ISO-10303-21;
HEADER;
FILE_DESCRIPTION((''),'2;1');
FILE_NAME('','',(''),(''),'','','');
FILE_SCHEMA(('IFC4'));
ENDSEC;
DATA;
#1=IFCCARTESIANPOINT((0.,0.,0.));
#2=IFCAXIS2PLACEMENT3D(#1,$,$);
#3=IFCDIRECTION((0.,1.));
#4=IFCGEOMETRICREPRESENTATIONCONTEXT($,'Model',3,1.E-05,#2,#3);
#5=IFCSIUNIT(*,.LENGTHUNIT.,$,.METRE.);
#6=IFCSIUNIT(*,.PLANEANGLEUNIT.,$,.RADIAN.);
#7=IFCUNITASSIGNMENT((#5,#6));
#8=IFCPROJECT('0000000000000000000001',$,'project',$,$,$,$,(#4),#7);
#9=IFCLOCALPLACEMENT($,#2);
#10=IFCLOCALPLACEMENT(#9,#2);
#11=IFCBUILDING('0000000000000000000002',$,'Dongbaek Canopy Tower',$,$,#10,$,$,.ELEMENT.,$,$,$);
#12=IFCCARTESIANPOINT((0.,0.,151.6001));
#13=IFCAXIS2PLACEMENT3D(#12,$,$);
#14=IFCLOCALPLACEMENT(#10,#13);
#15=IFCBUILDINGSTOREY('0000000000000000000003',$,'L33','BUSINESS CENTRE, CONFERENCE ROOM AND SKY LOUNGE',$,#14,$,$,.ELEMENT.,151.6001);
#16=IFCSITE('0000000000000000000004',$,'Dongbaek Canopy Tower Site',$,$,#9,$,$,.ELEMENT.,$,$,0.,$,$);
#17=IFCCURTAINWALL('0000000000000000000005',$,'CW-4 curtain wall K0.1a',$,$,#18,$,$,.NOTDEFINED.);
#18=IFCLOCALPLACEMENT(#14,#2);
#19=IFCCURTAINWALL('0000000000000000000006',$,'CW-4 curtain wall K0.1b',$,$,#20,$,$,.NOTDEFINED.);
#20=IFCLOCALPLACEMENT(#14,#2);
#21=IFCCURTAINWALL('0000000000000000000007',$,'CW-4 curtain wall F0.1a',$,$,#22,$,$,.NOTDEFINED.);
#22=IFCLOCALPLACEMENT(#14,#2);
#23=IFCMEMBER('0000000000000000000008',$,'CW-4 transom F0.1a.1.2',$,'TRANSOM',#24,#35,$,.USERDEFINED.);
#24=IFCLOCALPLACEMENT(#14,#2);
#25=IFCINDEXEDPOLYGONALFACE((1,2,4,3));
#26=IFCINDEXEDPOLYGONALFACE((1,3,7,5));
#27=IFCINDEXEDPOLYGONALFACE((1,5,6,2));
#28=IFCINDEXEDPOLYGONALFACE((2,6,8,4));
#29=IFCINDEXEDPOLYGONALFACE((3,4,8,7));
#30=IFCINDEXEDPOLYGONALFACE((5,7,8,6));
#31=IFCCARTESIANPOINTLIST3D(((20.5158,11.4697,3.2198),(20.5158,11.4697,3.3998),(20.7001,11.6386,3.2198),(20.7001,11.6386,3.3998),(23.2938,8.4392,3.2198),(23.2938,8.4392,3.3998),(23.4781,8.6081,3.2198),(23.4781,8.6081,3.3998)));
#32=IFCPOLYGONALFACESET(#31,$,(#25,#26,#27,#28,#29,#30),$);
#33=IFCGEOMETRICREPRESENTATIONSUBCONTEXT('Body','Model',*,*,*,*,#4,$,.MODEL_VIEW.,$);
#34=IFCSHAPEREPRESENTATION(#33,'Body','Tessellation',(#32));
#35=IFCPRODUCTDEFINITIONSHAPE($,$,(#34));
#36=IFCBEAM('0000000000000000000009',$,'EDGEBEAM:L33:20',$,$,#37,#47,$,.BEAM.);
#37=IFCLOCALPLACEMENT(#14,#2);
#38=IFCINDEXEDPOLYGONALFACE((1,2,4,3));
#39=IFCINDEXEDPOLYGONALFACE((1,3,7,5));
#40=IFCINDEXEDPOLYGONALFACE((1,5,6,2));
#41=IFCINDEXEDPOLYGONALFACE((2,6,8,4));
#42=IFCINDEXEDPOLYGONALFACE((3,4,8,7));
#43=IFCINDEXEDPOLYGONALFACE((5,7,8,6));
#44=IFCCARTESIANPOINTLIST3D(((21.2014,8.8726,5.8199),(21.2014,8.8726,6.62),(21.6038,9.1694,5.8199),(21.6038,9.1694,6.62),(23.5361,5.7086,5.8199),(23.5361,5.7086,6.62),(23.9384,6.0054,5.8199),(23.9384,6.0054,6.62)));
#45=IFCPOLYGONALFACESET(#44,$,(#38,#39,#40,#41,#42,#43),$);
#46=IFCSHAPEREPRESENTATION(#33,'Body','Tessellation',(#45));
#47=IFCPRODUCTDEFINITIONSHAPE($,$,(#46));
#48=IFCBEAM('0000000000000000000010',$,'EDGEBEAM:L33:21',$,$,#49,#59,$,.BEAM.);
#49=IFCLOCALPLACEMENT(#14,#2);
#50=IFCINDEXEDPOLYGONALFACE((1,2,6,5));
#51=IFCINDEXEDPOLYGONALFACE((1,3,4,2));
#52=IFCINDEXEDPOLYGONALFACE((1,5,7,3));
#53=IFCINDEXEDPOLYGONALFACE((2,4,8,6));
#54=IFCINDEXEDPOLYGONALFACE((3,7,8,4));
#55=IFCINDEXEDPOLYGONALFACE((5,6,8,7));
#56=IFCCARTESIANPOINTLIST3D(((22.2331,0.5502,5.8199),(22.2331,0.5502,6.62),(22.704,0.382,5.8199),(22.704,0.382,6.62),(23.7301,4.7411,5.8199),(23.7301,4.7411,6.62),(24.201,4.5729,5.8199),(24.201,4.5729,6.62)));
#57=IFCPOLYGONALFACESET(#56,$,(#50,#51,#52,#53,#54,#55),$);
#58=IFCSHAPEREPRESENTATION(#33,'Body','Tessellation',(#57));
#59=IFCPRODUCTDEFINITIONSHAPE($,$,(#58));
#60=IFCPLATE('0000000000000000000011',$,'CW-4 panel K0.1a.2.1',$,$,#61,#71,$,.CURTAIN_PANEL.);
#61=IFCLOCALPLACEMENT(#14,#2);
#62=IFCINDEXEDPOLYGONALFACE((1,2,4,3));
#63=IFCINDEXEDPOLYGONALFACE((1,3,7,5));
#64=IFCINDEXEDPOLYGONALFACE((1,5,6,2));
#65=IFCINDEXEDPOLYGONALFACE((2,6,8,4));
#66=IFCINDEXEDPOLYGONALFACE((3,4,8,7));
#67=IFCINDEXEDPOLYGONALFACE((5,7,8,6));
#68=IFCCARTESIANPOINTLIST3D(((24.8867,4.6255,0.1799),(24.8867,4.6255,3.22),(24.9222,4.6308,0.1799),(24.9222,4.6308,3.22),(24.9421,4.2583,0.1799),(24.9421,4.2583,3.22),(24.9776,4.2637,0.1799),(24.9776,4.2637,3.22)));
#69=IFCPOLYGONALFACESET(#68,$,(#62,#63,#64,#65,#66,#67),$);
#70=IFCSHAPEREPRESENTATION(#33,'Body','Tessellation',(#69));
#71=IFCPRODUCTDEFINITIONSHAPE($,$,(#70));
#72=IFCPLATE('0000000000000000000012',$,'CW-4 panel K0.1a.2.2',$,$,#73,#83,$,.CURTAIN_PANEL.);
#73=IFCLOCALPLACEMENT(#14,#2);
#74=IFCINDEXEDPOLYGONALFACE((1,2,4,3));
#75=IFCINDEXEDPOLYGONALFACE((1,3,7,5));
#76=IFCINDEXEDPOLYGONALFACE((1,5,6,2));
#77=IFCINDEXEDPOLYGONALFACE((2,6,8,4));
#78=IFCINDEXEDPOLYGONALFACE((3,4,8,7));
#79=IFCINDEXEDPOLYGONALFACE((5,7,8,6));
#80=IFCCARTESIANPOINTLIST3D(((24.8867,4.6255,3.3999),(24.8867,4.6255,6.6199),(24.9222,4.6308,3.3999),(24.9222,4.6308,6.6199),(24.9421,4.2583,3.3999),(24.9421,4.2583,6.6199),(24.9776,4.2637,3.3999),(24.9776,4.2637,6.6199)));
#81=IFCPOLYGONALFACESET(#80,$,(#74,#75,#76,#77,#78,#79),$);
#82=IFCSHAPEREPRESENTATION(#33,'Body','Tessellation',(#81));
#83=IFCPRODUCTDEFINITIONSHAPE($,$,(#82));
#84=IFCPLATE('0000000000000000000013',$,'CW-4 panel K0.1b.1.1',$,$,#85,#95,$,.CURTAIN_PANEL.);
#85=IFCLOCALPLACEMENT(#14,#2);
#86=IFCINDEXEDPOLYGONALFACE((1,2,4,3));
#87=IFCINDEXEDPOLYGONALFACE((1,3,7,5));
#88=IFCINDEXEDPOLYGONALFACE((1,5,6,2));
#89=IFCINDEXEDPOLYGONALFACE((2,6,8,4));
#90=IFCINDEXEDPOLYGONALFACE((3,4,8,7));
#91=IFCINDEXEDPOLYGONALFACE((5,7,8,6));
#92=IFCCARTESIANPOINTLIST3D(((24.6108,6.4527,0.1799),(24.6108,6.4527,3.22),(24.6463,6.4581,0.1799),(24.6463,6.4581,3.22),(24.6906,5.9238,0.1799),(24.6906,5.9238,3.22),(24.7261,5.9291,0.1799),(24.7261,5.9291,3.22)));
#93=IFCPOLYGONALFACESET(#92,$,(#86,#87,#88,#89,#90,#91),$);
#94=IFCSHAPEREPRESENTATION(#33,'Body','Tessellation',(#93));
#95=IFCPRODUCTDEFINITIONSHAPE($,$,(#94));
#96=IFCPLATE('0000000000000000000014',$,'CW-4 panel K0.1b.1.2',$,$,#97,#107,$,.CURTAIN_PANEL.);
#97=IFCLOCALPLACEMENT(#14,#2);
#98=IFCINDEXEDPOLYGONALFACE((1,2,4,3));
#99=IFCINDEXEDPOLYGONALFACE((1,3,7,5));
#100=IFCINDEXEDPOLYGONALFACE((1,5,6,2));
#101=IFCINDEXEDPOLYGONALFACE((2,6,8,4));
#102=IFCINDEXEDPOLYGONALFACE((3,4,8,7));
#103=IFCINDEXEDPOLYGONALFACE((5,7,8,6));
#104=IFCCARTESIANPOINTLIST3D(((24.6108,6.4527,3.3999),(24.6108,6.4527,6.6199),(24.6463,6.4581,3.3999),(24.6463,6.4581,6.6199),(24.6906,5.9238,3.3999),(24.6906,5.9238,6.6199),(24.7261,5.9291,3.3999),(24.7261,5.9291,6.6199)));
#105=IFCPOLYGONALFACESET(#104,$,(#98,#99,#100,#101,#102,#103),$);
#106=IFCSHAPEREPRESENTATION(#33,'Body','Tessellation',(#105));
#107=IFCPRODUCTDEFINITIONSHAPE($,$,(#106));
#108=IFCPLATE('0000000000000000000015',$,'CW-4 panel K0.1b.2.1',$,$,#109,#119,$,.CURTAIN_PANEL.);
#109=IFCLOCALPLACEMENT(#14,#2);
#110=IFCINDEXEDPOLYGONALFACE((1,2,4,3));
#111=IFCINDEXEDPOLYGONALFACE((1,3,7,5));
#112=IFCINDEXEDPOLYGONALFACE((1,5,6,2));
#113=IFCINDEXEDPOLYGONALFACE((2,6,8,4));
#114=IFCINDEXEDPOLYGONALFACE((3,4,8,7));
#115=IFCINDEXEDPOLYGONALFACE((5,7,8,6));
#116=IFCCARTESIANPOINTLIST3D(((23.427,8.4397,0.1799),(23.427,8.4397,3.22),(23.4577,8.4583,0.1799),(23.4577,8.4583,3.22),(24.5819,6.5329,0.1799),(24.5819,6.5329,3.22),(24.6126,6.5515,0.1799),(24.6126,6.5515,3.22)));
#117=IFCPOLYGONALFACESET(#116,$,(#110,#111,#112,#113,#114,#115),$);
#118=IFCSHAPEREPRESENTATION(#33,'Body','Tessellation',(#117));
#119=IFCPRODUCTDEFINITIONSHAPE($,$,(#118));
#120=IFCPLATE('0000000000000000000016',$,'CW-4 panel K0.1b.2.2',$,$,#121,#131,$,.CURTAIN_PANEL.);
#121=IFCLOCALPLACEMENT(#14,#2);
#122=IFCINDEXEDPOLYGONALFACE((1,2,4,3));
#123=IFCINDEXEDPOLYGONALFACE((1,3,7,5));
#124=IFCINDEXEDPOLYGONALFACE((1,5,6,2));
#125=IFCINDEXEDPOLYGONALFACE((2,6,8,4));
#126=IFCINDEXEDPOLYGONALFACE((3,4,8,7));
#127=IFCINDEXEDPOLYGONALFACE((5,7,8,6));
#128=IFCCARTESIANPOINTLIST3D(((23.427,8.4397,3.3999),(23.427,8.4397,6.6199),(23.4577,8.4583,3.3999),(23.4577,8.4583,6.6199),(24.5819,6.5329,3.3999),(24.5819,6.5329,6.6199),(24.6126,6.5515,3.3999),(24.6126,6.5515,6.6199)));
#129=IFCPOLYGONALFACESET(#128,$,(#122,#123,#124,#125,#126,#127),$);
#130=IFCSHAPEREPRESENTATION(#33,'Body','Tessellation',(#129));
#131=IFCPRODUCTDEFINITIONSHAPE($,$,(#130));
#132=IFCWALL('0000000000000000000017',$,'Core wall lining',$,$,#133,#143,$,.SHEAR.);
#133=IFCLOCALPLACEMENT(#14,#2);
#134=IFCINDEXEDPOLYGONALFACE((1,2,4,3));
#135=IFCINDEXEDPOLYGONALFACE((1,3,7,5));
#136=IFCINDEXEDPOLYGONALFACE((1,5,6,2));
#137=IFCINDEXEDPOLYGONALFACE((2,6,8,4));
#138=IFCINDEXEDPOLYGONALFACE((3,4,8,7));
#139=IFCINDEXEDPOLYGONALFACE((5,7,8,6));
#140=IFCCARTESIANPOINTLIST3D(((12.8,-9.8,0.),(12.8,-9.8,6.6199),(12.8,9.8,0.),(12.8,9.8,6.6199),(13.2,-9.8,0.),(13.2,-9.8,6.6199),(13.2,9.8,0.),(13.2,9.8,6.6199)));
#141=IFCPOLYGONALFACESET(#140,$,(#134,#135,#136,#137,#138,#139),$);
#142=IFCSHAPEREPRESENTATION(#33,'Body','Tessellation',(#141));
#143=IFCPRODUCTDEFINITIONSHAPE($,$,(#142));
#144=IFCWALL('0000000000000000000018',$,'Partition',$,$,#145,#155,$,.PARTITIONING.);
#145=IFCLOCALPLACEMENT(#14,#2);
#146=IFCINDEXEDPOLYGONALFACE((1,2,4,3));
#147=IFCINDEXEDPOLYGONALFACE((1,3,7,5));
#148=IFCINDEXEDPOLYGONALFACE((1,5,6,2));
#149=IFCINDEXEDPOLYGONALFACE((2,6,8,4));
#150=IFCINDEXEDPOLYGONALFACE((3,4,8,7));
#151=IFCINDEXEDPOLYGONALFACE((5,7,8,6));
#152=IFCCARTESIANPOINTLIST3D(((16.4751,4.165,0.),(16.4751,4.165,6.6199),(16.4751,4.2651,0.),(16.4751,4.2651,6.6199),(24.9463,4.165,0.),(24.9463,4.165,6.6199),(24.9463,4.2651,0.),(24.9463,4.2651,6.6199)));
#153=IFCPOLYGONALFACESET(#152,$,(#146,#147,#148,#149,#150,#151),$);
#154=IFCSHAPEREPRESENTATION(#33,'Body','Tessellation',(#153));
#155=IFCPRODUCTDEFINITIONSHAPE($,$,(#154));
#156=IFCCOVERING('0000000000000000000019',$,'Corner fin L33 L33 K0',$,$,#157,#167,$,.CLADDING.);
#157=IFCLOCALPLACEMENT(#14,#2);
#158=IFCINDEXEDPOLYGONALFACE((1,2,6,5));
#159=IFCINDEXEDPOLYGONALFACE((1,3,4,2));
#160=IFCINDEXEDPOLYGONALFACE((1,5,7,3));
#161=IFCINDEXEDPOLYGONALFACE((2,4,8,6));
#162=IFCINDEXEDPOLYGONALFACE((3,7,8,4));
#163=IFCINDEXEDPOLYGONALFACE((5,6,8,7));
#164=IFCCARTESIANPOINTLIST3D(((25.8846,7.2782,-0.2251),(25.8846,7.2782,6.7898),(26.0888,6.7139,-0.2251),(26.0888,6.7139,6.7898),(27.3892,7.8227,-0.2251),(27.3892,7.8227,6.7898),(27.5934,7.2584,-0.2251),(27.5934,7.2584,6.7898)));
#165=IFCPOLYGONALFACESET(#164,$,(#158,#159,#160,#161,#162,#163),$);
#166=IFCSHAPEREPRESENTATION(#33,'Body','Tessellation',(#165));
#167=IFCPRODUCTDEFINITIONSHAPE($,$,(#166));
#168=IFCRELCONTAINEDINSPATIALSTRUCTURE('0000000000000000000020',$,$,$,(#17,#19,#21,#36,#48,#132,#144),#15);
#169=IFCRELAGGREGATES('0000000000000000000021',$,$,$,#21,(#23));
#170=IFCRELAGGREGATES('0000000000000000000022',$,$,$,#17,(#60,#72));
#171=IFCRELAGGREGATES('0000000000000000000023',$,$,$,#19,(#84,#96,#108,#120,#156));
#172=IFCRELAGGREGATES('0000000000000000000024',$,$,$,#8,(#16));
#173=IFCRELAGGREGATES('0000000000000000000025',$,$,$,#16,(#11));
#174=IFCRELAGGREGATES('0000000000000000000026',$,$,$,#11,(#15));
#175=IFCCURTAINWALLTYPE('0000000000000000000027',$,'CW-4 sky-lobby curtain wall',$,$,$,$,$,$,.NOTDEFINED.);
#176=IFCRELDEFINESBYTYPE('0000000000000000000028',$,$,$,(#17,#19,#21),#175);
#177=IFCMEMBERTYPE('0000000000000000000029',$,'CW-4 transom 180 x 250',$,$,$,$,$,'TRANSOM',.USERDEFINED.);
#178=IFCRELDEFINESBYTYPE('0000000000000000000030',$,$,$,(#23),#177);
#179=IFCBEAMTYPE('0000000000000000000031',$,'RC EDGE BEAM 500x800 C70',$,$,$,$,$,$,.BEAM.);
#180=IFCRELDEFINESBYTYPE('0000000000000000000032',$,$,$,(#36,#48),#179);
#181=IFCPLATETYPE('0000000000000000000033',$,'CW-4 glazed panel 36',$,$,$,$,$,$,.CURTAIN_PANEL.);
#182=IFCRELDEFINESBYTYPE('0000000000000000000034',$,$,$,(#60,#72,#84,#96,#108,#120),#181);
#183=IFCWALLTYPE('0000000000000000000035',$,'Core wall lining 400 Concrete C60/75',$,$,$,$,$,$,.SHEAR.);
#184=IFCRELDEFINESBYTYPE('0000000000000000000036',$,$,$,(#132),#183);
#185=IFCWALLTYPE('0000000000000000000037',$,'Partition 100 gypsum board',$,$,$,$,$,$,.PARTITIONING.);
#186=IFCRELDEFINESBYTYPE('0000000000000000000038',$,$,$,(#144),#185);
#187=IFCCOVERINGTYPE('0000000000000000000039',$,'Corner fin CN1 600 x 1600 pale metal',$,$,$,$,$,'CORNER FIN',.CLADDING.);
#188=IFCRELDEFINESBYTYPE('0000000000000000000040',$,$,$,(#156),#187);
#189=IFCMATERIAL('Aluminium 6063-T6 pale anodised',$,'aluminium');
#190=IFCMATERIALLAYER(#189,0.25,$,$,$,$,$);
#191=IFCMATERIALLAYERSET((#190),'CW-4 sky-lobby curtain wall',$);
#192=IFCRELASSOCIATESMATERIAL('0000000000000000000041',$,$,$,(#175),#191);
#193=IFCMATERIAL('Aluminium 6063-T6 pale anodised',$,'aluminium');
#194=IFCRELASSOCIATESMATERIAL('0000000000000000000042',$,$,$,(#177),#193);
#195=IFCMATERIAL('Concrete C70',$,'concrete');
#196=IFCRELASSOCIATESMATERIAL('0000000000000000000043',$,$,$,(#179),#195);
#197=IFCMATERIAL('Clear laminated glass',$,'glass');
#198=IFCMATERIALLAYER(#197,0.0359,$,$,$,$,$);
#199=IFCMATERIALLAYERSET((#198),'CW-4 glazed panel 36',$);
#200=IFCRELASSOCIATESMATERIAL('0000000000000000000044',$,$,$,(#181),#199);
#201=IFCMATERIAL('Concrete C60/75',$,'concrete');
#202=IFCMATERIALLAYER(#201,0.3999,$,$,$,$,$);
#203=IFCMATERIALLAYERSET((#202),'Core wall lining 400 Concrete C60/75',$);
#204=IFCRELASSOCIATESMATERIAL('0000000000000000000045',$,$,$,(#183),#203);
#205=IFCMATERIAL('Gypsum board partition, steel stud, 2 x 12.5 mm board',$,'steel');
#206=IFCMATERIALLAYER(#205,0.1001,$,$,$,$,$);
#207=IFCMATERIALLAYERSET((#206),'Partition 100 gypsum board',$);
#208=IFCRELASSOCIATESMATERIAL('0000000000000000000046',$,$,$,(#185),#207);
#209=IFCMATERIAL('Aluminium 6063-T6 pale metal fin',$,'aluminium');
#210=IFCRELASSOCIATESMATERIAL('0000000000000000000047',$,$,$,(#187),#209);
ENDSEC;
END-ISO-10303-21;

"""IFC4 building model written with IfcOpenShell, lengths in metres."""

from ifc_helpers import new_model, si_unit, direction, frame, frame_2d, origin, origin_2d, place, context, subcontext, project, spatial, rectangle, extrude, material, layer, layer_set, material_profile, profile_set, type_object, element, aggregate, save


model = new_model("IFC4")

# Units and contexts
model_context = context("Model", 3, precision=1e-05, world=origin(), true_north=direction((0.0, 1.0)))
body_context = subcontext(model_context, "Body", "Model", "MODEL_VIEW")
ifc_project = project(units=[si_unit("LENGTHUNIT", "METRE"), si_unit("PLANEANGLEUNIT", "RADIAN")], contexts=[model_context])

# Site, building, storey
site_placement = place(None, origin())
site = spatial("IfcSite", under=ifc_project, at=site_placement, Name="Dongbaek Canopy Tower Site", CompositionType="ELEMENT", RefElevation=0.0)
building_placement = place(site_placement, origin())
building = spatial("IfcBuilding", under=site, at=building_placement, Name="Dongbaek Canopy Tower", CompositionType="ELEMENT")
storey_placement = place(building_placement, frame((0.0, 0.0, 151.6001)))
storey = spatial("IfcBuildingStorey", under=building, at=storey_placement, Name="L33", Description="BUSINESS CENTRE, CONFERENCE ROOM AND SKY LOUNGE", CompositionType="ELEMENT", Elevation=151.6001)

# Curtain walls
ifc_material_1 = material(Name="Aluminium 6063-T6 pale anodised", Category="aluminium")
ifc_layer_1 = layer(ifc_material_1, 0.25)
ifc_layer_set_1 = layer_set([ifc_layer_1], Name="CW-4 sky-lobby curtain wall")
curtain_wall_type = type_object("IfcCurtainWallType", Name="CW-4 sky-lobby curtain wall", PredefinedType="NOTDEFINED", material=ifc_layer_set_1)
curtain_wall_1_placement = place(storey_placement, origin())
curtain_wall_1 = element("IfcCurtainWall", 1, at=curtain_wall_1_placement, inside=storey, type_object=curtain_wall_type, Name="CW-4 curtain wall K0.1a", PredefinedType="NOTDEFINED")
curtain_wall_2_placement = place(storey_placement, origin())
curtain_wall_2 = element("IfcCurtainWall", 2, at=curtain_wall_2_placement, inside=storey, type_object=curtain_wall_type, Name="CW-4 curtain wall K0.1b", PredefinedType="NOTDEFINED")

# Shared definitions
ifc_material_2 = material(Name="Aluminium 6063-T6 pale anodised", Category="aluminium")
ifc_material_profile_1 = material_profile(ifc_material_2, rectangle(XDim=0.25, YDim=0.1799, at=origin_2d()), Name="CW-4 transom 180 x 250")
ifc_profile_set_1 = profile_set([ifc_material_profile_1], Name="Aluminium 6063-T6 pale anodised")
member_type_1 = type_object("IfcMemberType", Name="CW-4 transom 180 x 250", ElementType="TRANSOM", PredefinedType="USERDEFINED", material=ifc_profile_set_1)

# Curtain wall, member
curtain_wall_3_placement = place(storey_placement, origin())
curtain_wall_3 = element("IfcCurtainWall", 3, at=curtain_wall_3_placement, inside=storey, type_object=curtain_wall_type, Name="CW-4 curtain wall F0.1a", PredefinedType="NOTDEFINED")
member_1_placement = place(storey_placement, frame((23.386, 8.5237, 3.3098), z_axis=(-0.675738, 0.737142, 0.0), x_axis=(-0.737142, -0.675738, 0.0)))
member_1 = element("IfcMember", 4, at=member_1_placement, type_object=member_type_1, Name="CW-4 transom F0.1a.1.2", ObjectType="TRANSOM", PredefinedType="USERDEFINED", context=body_context, shape_type="SweptSolid", body=[
    extrude(rectangle(XDim=0.25, YDim=0.1799, at=origin_2d()), origin(), (0.0, 0.0, 1.0), 4.1111),
])
aggregate(curtain_wall_3, [member_1])

# Beams
ifc_material_3 = material(Name="Concrete C70", Category="concrete")
ifc_material_profile_2 = material_profile(ifc_material_3, rectangle(XDim=0.5, YDim=0.8, at=origin_2d()), Name="RC EDGE BEAM 500x800 C70")
ifc_profile_set_2 = profile_set([ifc_material_profile_2], Name="Concrete C70")
beam_type = type_object("IfcBeamType", Name="RC EDGE BEAM 500x800 C70", PredefinedType="BEAM", material=ifc_profile_set_2)
beam_1_placement = place(storey_placement, frame((21.4026, 9.021, 6.22), z_axis=(0.593743, -0.804655, 0.0), x_axis=(0.804655, 0.593743, 0.0)))
element("IfcBeam", 5, at=beam_1_placement, inside=storey, type_object=beam_type, Name="EDGEBEAM:L33:20", PredefinedType="BEAM", context=body_context, shape_type="SweptSolid", body=[
    extrude(rectangle(XDim=0.5, YDim=0.8, at=origin_2d()), origin(), (0.0, 0.0, 1.0), 3.9321),
])
beam_2_placement = place(storey_placement, frame((23.9656, 4.657, 6.22), z_axis=(-0.336399, -0.94172, 0.0), x_axis=(0.94172, -0.336399, 0.0)))
element("IfcBeam", 6, at=beam_2_placement, inside=storey, type_object=beam_type, Name="EDGEBEAM:L33:21", PredefinedType="BEAM", context=body_context, shape_type="SweptSolid", body=[
    extrude(rectangle(XDim=0.5, YDim=0.8, at=origin_2d()), origin(), (0.0, 0.0, 1.0), 4.4502),
])

# Plates
ifc_material_4 = material(Name="Clear laminated glass", Category="glass")
ifc_layer_2 = layer(ifc_material_4, 0.0359)
ifc_layer_set_2 = layer_set([ifc_layer_2], Name="CW-4 glazed panel 36")
plate_type = type_object("IfcPlateType", Name="CW-4 glazed panel 36", PredefinedType="CURTAIN_PANEL", material=ifc_layer_set_2)
plate_1_placement = place(storey_placement, frame((24.9321, 4.4446, 0.1799), z_axis=(0.0, 0.0, 1.0), x_axis=(-0.149298, 0.988792, 0.0)))
plate_1 = element("IfcPlate", 7, at=plate_1_placement, type_object=plate_type, Name="CW-4 panel K0.1a.2.1", PredefinedType="CURTAIN_PANEL", context=body_context, shape_type="SweptSolid", body=[
    extrude(rectangle(XDim=0.3713, YDim=0.0359, at=origin_2d()), origin(), (0.0, 0.0, 1.0), 3.04),
])
plate_2_placement = place(storey_placement, frame((24.9321, 4.4446, 3.3999), z_axis=(0.0, 0.0, 1.0), x_axis=(-0.149298, 0.988792, 0.0)))
plate_2 = element("IfcPlate", 8, at=plate_2_placement, type_object=plate_type, Name="CW-4 panel K0.1a.2.2", PredefinedType="CURTAIN_PANEL", context=body_context, shape_type="SweptSolid", body=[
    extrude(rectangle(XDim=0.3713, YDim=0.0359, at=origin_2d()), origin(), (0.0, 0.0, 1.0), 3.22),
])
aggregate(curtain_wall_1, [plate_1, plate_2])
plate_3_placement = place(storey_placement, frame((24.6685, 6.1909, 0.1799), z_axis=(0.0, 0.0, 1.0), x_axis=(-0.149298, 0.988792, 0.0)))
plate_3 = element("IfcPlate", 9, at=plate_3_placement, type_object=plate_type, Name="CW-4 panel K0.1b.1.1", PredefinedType="CURTAIN_PANEL", context=body_context, shape_type="SweptSolid", body=[
    extrude(rectangle(XDim=0.5349, YDim=0.0359, at=origin_2d()), origin(), (0.0, 0.0, 1.0), 3.04),
])
plate_4_placement = place(storey_placement, frame((24.6685, 6.1909, 3.3999), z_axis=(0.0, 0.0, 1.0), x_axis=(-0.149298, 0.988792, 0.0)))
plate_4 = element("IfcPlate", 10, at=plate_4_placement, type_object=plate_type, Name="CW-4 panel K0.1b.1.2", PredefinedType="CURTAIN_PANEL", context=body_context, shape_type="SweptSolid", body=[
    extrude(rectangle(XDim=0.5349, YDim=0.0359, at=origin_2d()), origin(), (0.0, 0.0, 1.0), 3.22),
])
plate_5_placement = place(storey_placement, frame((24.0198, 7.4956, 0.1799), z_axis=(0.0, 0.0, 1.0), x_axis=(-0.518087, 0.855328, 0.0)))
plate_5 = element("IfcPlate", 11, at=plate_5_placement, type_object=plate_type, Name="CW-4 panel K0.1b.2.1", PredefinedType="CURTAIN_PANEL", context=body_context, shape_type="SweptSolid", body=[
    extrude(rectangle(XDim=2.2292, YDim=0.0359, at=origin_2d()), origin(), (0.0, 0.0, 1.0), 3.04),
])
plate_6_placement = place(storey_placement, frame((24.0198, 7.4956, 3.3999), z_axis=(0.0, 0.0, 1.0), x_axis=(-0.518087, 0.855328, 0.0)))
plate_6 = element("IfcPlate", 12, at=plate_6_placement, type_object=plate_type, Name="CW-4 panel K0.1b.2.2", PredefinedType="CURTAIN_PANEL", context=body_context, shape_type="SweptSolid", body=[
    extrude(rectangle(XDim=2.2292, YDim=0.0359, at=origin_2d()), origin(), (0.0, 0.0, 1.0), 3.22),
])

# Walls
ifc_material_5 = material(Name="Concrete C60/75", Category="concrete")
ifc_layer_3 = layer(ifc_material_5, 0.3999)
ifc_layer_set_3 = layer_set([ifc_layer_3], Name="Core wall lining 400 Concrete C60/75")
wall_type_1 = type_object("IfcWallType", Name="Core wall lining 400 Concrete C60/75", PredefinedType="SHEAR", material=ifc_layer_set_3)
wall_1_placement = place(storey_placement, frame((13.0, 9.8, 0.0), z_axis=(0.0, 0.0, 1.0), x_axis=(0.0, -1.0, 0.0)))
element("IfcWall", 13, at=wall_1_placement, inside=storey, type_object=wall_type_1, Name="Core wall lining", PredefinedType="SHEAR", context=body_context, shape_type="SweptSolid", body=[
    extrude(rectangle(XDim=19.6001, YDim=0.3999, at=frame_2d((9.8, 0.0))), origin(), (0.0, 0.0, 1.0), 6.6199),
])
ifc_material_6 = material(Name="Gypsum board partition, steel stud, 2 x 12.5 mm board", Category="steel")
ifc_layer_4 = layer(ifc_material_6, 0.1001)
ifc_layer_set_4 = layer_set([ifc_layer_4], Name="Partition 100 gypsum board")
wall_type_2 = type_object("IfcWallType", Name="Partition 100 gypsum board", PredefinedType="PARTITIONING", material=ifc_layer_set_4)
wall_2_placement = place(storey_placement, frame((16.4751, 4.2151, 0.0), z_axis=(0.0, 0.0, 1.0), x_axis=(1.0, 0.0, 0.0)))
element("IfcWall", 14, at=wall_2_placement, inside=storey, type_object=wall_type_2, Name="Partition", PredefinedType="PARTITIONING", context=body_context, shape_type="SweptSolid", body=[
    extrude(rectangle(XDim=8.4712, YDim=0.1001, at=frame_2d((4.2356, 0.0))), origin(), (0.0, 0.0, 1.0), 6.6199),
])

# Covering
ifc_material_7 = material(Name="Aluminium 6063-T6 pale metal fin", Category="aluminium")
ifc_material_profile_3 = material_profile(ifc_material_7, rectangle(XDim=1.6001, YDim=0.6001, at=origin_2d()), Name="Corner fin CN1 600 x 1600 pale metal")
ifc_profile_set_3 = profile_set([ifc_material_profile_3], Name="Aluminium 6063-T6 pale metal fin")
covering_type = type_object("IfcCoveringType", Name="Corner fin CN1 600 x 1600 pale metal", ElementType="CORNER FIN", PredefinedType="CLADDING", material=ifc_profile_set_3)
covering_placement = place(storey_placement, frame((26.739, 7.2683, -0.2251), z_axis=(0.0, 0.0, 1.0), x_axis=(0.940317, 0.340299, 0.0)))
covering = element("IfcCovering", 15, at=covering_placement, type_object=covering_type, Name="Corner fin L33 L33 K0", PredefinedType="CLADDING", context=body_context, shape_type="SweptSolid", body=[
    extrude(rectangle(XDim=1.6001, YDim=0.6001, at=origin_2d()), origin(), (0.0, 0.0, 1.0), 7.0149),
])
aggregate(curtain_wall_2, [plate_3, plate_4, plate_5, plate_6, covering])

save(model, "model.ifc")
